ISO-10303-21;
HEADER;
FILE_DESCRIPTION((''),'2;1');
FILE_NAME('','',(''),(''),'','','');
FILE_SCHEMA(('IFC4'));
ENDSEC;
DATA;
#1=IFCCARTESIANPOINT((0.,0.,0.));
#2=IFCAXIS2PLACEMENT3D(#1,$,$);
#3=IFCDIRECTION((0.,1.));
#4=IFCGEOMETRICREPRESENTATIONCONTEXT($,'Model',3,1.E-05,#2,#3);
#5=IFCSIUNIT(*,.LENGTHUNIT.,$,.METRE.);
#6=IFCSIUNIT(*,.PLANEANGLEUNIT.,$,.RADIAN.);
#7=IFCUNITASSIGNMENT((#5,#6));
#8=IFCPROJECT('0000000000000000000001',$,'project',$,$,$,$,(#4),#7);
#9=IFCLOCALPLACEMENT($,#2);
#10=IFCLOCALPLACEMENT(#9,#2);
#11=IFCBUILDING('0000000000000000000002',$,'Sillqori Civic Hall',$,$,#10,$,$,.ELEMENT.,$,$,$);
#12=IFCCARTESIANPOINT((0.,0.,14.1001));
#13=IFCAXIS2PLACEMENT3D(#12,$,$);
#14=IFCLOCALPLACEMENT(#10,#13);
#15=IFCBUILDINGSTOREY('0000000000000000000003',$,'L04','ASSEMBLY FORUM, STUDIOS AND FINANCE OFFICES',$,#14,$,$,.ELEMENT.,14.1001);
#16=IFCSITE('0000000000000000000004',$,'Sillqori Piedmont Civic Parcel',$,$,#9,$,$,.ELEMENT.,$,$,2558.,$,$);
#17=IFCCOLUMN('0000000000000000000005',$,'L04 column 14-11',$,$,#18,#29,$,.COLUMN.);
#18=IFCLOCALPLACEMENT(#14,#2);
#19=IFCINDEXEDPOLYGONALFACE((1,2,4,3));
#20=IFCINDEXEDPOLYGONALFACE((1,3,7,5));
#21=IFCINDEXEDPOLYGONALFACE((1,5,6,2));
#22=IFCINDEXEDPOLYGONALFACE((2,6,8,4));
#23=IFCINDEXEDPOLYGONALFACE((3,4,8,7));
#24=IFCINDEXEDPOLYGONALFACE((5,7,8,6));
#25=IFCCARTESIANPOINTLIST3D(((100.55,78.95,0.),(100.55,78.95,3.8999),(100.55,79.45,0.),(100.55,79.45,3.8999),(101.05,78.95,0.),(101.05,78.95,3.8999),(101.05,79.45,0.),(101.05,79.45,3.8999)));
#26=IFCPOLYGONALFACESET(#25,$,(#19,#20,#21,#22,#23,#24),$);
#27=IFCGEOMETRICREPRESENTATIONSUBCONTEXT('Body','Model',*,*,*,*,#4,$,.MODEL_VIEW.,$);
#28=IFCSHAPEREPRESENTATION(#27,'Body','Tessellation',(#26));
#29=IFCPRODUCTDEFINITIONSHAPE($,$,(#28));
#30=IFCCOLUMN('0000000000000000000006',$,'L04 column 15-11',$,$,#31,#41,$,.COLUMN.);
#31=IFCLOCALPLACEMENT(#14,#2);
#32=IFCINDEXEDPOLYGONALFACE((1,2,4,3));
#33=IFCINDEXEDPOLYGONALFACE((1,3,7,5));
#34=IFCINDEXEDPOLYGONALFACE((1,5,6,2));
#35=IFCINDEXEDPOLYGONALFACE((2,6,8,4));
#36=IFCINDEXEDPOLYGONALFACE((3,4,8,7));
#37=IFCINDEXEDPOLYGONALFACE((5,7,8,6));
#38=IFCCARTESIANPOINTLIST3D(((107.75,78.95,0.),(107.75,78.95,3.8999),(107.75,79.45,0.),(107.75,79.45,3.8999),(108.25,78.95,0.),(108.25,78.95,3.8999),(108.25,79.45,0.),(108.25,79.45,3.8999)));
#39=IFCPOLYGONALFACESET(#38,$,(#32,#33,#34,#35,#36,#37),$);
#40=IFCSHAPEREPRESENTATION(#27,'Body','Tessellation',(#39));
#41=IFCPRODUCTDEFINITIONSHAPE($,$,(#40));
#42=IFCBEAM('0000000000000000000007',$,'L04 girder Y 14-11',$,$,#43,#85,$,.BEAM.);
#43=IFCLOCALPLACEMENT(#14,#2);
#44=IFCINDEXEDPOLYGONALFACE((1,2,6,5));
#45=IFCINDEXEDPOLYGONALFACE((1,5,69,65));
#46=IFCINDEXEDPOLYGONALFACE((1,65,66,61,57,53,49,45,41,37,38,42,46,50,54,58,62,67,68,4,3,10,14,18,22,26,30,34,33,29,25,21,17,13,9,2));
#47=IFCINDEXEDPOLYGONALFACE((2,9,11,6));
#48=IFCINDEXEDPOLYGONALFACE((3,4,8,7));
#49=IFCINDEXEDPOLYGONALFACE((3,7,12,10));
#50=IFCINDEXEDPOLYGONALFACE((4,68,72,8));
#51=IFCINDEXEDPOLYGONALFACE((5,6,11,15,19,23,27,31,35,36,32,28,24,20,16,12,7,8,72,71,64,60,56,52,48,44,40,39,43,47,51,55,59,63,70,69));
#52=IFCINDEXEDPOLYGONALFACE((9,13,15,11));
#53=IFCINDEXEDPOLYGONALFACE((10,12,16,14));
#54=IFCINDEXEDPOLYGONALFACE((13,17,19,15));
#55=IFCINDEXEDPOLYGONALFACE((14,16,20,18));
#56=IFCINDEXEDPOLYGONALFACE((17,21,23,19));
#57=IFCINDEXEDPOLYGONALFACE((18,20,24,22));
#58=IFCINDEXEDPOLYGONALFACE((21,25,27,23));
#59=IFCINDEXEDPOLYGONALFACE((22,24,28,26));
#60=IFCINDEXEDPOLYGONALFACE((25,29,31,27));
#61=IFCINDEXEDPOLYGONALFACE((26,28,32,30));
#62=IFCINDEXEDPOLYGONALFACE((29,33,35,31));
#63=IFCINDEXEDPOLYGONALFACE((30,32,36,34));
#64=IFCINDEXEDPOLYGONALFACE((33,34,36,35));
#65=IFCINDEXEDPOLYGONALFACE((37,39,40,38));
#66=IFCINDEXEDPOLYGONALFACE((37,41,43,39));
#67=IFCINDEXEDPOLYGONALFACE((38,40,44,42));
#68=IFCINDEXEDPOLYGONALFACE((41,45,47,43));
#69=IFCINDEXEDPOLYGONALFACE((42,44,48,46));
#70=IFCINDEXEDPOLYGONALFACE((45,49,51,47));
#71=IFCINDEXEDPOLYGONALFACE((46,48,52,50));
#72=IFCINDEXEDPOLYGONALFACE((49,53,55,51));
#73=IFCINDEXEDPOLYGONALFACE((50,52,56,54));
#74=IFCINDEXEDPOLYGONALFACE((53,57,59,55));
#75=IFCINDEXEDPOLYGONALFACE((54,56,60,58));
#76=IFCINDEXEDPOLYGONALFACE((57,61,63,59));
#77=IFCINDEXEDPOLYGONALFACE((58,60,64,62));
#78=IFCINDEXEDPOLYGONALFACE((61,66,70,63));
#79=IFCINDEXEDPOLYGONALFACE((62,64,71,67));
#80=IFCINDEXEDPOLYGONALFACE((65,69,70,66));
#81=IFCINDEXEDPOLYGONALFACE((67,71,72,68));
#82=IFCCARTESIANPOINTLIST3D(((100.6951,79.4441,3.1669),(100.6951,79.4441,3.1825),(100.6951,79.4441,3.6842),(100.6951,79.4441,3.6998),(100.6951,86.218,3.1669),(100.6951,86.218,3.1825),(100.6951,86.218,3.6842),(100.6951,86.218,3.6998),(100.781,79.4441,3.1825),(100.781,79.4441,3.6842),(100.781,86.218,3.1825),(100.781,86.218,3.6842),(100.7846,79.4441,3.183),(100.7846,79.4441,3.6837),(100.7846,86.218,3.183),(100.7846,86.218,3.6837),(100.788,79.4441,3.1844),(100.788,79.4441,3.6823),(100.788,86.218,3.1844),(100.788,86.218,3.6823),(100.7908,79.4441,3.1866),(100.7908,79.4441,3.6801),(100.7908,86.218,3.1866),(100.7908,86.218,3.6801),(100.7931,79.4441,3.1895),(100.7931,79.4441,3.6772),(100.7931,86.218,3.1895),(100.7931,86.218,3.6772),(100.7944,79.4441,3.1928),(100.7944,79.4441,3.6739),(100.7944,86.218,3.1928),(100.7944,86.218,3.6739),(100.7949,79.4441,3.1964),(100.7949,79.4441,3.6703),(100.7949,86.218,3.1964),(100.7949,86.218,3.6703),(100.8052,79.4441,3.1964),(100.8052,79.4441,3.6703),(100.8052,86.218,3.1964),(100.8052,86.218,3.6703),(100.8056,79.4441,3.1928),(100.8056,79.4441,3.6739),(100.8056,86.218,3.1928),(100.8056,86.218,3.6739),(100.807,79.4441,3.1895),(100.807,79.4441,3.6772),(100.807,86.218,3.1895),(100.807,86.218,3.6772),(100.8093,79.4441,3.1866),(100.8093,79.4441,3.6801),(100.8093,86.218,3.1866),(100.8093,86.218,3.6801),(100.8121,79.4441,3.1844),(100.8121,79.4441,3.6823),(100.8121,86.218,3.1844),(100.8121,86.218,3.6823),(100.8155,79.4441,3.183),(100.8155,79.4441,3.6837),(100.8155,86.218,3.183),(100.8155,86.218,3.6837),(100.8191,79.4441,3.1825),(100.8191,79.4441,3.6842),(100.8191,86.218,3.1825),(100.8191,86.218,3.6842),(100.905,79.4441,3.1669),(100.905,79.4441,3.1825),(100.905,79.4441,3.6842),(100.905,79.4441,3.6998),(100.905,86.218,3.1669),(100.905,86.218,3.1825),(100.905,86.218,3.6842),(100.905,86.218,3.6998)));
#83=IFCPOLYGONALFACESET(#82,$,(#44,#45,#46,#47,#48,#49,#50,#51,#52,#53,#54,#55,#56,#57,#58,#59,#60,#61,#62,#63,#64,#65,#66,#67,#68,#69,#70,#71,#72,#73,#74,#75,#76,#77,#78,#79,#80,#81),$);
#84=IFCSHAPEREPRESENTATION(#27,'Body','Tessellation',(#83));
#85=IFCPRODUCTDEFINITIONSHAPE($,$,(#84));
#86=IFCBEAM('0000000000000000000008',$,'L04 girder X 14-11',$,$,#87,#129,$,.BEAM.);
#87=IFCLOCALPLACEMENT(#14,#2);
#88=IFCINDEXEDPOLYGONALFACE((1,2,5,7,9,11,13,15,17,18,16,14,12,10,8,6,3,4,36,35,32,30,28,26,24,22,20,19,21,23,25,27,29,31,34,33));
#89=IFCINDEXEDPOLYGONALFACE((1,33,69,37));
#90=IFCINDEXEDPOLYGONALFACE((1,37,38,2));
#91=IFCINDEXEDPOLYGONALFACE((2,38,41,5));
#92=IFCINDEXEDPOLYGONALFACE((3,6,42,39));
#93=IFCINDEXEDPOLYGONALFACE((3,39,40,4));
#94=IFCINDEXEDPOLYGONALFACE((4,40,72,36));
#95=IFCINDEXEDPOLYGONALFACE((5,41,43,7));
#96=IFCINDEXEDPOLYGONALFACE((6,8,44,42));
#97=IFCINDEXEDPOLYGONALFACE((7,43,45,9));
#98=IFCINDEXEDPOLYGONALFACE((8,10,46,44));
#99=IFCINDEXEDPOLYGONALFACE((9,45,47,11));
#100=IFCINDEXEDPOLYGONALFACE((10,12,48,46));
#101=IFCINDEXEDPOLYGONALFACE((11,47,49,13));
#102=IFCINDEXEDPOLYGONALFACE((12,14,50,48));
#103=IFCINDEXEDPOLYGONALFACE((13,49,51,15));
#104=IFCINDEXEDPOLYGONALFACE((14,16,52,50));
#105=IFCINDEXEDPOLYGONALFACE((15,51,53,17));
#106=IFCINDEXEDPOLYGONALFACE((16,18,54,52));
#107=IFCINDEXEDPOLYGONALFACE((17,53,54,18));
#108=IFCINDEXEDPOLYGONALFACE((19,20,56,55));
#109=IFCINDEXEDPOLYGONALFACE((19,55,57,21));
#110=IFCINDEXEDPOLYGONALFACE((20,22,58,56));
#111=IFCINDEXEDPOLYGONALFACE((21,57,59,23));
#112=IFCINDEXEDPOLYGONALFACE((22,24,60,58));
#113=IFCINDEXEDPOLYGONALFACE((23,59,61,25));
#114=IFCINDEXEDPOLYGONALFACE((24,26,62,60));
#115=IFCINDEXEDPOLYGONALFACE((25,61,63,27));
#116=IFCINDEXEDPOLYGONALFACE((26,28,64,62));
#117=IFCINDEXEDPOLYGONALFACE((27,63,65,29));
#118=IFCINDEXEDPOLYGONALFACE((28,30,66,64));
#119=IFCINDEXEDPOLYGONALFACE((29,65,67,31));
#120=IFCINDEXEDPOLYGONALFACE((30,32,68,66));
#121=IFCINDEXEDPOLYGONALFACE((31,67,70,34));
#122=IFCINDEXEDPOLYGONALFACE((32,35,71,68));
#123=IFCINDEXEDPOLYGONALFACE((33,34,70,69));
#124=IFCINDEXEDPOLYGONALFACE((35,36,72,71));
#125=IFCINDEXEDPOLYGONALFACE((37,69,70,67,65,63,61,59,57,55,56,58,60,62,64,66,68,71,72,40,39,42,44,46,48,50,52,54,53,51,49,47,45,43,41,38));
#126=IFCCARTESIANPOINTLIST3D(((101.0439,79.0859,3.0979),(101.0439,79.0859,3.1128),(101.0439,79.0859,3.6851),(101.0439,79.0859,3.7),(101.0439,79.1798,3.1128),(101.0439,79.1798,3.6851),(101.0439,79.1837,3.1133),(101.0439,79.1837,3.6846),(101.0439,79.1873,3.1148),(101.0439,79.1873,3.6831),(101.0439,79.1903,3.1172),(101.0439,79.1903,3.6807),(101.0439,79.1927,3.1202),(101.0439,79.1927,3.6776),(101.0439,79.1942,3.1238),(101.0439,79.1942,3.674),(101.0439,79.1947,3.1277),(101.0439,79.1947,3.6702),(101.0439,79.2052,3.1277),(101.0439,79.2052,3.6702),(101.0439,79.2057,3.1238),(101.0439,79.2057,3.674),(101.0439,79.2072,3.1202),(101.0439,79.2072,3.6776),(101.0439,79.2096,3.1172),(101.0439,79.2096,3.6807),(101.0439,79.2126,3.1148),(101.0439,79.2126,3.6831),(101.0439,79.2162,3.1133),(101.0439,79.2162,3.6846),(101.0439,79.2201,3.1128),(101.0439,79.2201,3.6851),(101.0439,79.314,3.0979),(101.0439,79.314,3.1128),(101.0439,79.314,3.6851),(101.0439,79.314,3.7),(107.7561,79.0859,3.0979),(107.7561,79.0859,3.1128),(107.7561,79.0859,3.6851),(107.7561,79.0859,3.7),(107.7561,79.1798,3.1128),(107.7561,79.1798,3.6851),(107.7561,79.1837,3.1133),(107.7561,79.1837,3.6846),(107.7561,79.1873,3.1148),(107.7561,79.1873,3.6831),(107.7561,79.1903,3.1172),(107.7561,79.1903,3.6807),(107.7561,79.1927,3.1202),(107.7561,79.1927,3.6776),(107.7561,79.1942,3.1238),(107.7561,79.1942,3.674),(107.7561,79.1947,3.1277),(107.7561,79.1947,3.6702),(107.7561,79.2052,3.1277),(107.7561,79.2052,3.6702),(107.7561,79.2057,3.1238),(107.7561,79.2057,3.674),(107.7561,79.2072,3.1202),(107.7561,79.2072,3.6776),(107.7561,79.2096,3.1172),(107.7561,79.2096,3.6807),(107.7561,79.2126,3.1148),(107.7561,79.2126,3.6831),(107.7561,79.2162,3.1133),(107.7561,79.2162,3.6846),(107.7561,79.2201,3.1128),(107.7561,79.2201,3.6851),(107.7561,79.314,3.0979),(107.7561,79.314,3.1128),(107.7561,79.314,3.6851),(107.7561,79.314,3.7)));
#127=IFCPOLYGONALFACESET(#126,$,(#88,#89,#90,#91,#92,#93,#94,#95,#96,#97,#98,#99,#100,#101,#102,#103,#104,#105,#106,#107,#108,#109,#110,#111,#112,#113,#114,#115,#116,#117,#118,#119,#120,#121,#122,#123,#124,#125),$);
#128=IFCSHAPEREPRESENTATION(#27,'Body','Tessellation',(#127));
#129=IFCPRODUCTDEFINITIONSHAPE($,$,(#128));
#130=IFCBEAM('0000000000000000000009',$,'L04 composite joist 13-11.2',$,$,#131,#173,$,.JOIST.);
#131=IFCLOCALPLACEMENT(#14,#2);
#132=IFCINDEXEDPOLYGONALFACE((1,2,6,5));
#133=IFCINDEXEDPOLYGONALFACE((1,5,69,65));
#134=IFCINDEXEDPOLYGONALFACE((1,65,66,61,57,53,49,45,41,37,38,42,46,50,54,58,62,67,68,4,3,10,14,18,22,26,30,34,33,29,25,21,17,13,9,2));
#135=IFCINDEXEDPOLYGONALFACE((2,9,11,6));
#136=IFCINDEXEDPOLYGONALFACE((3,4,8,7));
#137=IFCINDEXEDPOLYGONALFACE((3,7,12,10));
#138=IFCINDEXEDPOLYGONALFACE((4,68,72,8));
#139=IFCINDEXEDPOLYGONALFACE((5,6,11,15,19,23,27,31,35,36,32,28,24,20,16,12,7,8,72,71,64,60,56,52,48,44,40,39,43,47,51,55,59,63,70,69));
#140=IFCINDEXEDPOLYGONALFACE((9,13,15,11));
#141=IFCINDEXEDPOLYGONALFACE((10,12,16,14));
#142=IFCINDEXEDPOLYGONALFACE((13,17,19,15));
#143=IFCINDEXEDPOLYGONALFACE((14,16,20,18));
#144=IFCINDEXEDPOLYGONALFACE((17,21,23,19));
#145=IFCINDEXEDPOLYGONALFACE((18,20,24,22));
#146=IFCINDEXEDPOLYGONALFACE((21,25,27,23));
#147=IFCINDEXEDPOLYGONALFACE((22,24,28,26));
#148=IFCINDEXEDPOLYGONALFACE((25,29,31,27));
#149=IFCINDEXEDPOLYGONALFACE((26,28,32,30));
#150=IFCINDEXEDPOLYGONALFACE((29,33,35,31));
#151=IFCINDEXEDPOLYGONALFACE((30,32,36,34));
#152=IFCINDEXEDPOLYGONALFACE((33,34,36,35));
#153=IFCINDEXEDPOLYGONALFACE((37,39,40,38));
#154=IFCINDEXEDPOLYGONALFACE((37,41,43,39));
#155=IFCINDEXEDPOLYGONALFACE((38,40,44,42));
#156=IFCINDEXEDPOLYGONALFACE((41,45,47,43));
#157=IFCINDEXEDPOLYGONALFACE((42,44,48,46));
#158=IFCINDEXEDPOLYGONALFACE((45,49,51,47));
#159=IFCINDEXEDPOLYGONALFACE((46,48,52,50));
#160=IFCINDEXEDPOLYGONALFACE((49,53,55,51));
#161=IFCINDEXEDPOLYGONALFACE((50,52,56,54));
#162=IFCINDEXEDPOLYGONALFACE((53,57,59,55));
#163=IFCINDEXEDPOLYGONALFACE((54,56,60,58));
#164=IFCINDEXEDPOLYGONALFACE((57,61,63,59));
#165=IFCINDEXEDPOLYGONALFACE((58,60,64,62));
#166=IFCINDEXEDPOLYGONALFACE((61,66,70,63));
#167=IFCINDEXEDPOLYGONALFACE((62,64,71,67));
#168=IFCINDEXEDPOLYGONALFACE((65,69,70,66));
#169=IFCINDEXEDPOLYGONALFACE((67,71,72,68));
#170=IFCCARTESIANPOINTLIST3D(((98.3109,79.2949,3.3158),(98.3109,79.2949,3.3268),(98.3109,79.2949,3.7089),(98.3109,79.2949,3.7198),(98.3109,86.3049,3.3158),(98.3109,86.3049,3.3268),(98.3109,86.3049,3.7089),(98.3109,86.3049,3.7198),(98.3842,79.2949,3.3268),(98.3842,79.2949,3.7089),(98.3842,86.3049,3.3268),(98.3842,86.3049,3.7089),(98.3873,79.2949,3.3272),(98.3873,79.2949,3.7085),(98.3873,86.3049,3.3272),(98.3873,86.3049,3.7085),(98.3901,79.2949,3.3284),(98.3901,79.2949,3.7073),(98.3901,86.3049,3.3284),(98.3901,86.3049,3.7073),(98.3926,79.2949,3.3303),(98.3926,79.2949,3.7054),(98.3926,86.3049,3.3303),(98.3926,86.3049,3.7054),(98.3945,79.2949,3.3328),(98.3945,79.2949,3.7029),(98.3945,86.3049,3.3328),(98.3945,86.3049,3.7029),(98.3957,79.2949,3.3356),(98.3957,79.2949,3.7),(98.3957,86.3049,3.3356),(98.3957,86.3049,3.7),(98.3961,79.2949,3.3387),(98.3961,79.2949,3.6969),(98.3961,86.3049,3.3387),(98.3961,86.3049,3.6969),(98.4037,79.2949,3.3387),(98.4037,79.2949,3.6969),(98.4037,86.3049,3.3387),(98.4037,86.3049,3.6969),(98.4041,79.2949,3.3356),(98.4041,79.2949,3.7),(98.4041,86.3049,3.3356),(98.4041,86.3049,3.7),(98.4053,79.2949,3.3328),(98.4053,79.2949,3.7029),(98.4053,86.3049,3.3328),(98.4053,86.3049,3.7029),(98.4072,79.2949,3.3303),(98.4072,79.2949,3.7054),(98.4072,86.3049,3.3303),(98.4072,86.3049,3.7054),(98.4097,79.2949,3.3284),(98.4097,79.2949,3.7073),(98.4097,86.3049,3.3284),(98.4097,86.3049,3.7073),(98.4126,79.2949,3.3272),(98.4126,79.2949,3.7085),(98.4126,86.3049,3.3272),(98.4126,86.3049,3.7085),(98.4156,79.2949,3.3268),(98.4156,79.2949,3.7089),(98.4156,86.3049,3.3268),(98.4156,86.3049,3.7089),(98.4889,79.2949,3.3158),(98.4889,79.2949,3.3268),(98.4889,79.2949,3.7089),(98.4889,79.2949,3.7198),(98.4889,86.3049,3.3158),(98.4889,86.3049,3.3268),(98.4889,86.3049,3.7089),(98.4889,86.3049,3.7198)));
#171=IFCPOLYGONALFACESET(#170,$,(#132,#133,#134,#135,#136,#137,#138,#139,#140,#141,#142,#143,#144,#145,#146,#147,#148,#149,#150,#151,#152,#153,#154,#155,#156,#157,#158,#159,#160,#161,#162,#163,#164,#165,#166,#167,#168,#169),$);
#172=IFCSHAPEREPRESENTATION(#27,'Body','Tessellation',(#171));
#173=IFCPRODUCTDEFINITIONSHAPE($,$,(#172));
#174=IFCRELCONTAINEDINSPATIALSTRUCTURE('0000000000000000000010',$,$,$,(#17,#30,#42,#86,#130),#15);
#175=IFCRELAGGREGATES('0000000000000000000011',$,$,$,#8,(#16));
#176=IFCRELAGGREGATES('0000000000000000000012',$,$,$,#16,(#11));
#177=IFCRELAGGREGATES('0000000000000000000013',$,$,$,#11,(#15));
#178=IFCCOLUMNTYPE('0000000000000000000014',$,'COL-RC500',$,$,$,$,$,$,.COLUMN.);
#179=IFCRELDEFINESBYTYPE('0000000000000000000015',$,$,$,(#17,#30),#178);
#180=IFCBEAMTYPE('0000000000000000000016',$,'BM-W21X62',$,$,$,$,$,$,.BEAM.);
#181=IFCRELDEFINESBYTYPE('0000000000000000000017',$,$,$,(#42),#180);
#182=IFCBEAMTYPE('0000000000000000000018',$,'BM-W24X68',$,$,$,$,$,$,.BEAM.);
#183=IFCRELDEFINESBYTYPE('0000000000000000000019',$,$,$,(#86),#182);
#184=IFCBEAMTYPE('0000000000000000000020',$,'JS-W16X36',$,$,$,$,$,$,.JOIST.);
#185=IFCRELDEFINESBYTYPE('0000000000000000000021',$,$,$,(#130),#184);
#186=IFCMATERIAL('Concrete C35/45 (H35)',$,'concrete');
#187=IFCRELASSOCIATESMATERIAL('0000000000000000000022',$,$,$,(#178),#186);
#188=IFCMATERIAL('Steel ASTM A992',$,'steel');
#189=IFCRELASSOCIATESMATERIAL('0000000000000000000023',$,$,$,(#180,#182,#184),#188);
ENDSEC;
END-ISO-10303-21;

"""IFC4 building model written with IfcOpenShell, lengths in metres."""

from ifc_helpers import new_model, si_unit, direction, frame, origin, origin_2d, place, context, subcontext, project, spatial, rectangle, i_section, extrude, material, material_profile, profile_set, type_object, element, save


model = new_model("IFC4")

# Units and contexts
model_context = context("Model", 3, precision=1e-05, world=origin(), true_north=direction((0.0, 1.0)))
body_context = subcontext(model_context, "Body", "Model", "MODEL_VIEW")
ifc_project = project(units=[si_unit("LENGTHUNIT", "METRE"), si_unit("PLANEANGLEUNIT", "RADIAN")], contexts=[model_context])

# Site, building, storey
site_placement = place(None, origin())
site = spatial("IfcSite", under=ifc_project, at=site_placement, Name="Sillqori Piedmont Civic Parcel", CompositionType="ELEMENT", RefElevation=2558.0)
building_placement = place(site_placement, origin())
building = spatial("IfcBuilding", under=site, at=building_placement, Name="Sillqori Civic Hall", CompositionType="ELEMENT")
storey_placement = place(building_placement, frame((0.0, 0.0, 14.1001)))
storey = spatial("IfcBuildingStorey", under=building, at=storey_placement, Name="L04", Description="ASSEMBLY FORUM, STUDIOS AND FINANCE OFFICES", CompositionType="ELEMENT", Elevation=14.1001)

# Columns
ifc_material_1 = material(Name="Concrete C35/45 (H35)", Category="concrete")
ifc_material_profile_1 = material_profile(ifc_material_1, rectangle(XDim=0.5, YDim=0.5, at=origin_2d()), Name="RC 500x500")
ifc_profile_set_1 = profile_set([ifc_material_profile_1], Name="Concrete C35/45 (H35)")
column_type = type_object("IfcColumnType", Name="COL-RC500", PredefinedType="COLUMN", material=ifc_profile_set_1)
for number, where, z_axis, x_axis, name in (
    (1, (100.8, 79.2, 0.0), (0.0, 0.0, 1.0), (1.0, 0.0, 0.0), "L04 column 14-11"),
    (2, (108.0, 79.2, 0.0), (0.0, 0.0, 1.0), (1.0, 0.0, 0.0), "L04 column 15-11"),
):
    element("IfcColumn", number, at=place(storey_placement, frame(where, z_axis=z_axis, x_axis=x_axis)), inside=storey, type_object=column_type, Name=name, PredefinedType="COLUMN", context=body_context, shape_type="SweptSolid", body=[
        extrude(rectangle(XDim=0.5, YDim=0.5, at=origin_2d()), origin(), (0.0, 0.0, 1.0), 3.8999),
    ])

# Beams
ifc_material_2 = material(Name="Steel ASTM A992", Category="steel")
ifc_material_profile_2 = material_profile(ifc_material_2, i_section(OverallWidth=0.21, OverallDepth=0.533, WebThickness=0.0103, FlangeThickness=0.0156, FilletRadius=0.0139, at=origin_2d()), Name="W21X62")
ifc_profile_set_2 = profile_set([ifc_material_profile_2], Name="Steel ASTM A992")
beam_type_1 = type_object("IfcBeamType", Name="BM-W21X62", PredefinedType="BEAM", material=ifc_profile_set_2)
beam_1_placement = place(storey_placement, frame((100.8, 79.4441, 3.4333), z_axis=(0.0, 1.0, 0.0), x_axis=(-1.0, 0.0, 0.0)))
element("IfcBeam", 3, at=beam_1_placement, inside=storey, type_object=beam_type_1, Name="L04 girder Y 14-11", PredefinedType="BEAM", context=body_context, shape_type="SweptSolid", body=[
    extrude(i_section(OverallWidth=0.21, OverallDepth=0.533, WebThickness=0.0103, FlangeThickness=0.0156, FilletRadius=0.0139, at=origin_2d()), origin(), (0.0, 0.0, 1.0), 6.7739),
])
ifc_material_profile_3 = material_profile(ifc_material_2, i_section(OverallWidth=0.228, OverallDepth=0.6021, WebThickness=0.0105, FlangeThickness=0.0149, FilletRadius=0.0149, at=origin_2d()), Name="W24X68")
ifc_profile_set_3 = profile_set([ifc_material_profile_3], Name="Steel ASTM A992")
beam_type_2 = type_object("IfcBeamType", Name="BM-W24X68", PredefinedType="BEAM", material=ifc_profile_set_3)
beam_2_placement = place(storey_placement, frame((101.0439, 79.2, 3.3989), z_axis=(1.0, 0.0, 0.0), x_axis=(0.0, 1.0, 0.0)))
element("IfcBeam", 4, at=beam_2_placement, inside=storey, type_object=beam_type_2, Name="L04 girder X 14-11", PredefinedType="BEAM", context=body_context, shape_type="SweptSolid", body=[
    extrude(i_section(OverallWidth=0.228, OverallDepth=0.6021, WebThickness=0.0105, FlangeThickness=0.0149, FilletRadius=0.0149, at=origin_2d()), origin(), (0.0, 0.0, 1.0), 6.7122),
])

# Beam
ifc_material_profile_4 = material_profile(ifc_material_2, i_section(OverallWidth=0.178, OverallDepth=0.4041, WebThickness=0.0076, FlangeThickness=0.011, FilletRadius=0.012, at=origin_2d()), Name="W16X36")
ifc_profile_set_4 = profile_set([ifc_material_profile_4], Name="Steel ASTM A992")
beam_type_3 = type_object("IfcBeamType", Name="JS-W16X36", PredefinedType="JOIST", material=ifc_profile_set_4)
for number, where, z_axis, x_axis, name in (
    (5, (98.3999, 79.2949, 3.5178), (0.0, 1.0, 0.0), (-1.0, 0.0, 0.0), "L04 composite joist 13-11.2"),
):
    element("IfcBeam", number, at=place(storey_placement, frame(where, z_axis=z_axis, x_axis=x_axis)), inside=storey, type_object=beam_type_3, Name=name, PredefinedType="JOIST", context=body_context, shape_type="SweptSolid", body=[
        extrude(i_section(OverallWidth=0.178, OverallDepth=0.4041, WebThickness=0.0076, FlangeThickness=0.011, FilletRadius=0.012, at=origin_2d()), origin(), (0.0, 0.0, 1.0), 7.01),
    ])

save(model, "model.ifc")
